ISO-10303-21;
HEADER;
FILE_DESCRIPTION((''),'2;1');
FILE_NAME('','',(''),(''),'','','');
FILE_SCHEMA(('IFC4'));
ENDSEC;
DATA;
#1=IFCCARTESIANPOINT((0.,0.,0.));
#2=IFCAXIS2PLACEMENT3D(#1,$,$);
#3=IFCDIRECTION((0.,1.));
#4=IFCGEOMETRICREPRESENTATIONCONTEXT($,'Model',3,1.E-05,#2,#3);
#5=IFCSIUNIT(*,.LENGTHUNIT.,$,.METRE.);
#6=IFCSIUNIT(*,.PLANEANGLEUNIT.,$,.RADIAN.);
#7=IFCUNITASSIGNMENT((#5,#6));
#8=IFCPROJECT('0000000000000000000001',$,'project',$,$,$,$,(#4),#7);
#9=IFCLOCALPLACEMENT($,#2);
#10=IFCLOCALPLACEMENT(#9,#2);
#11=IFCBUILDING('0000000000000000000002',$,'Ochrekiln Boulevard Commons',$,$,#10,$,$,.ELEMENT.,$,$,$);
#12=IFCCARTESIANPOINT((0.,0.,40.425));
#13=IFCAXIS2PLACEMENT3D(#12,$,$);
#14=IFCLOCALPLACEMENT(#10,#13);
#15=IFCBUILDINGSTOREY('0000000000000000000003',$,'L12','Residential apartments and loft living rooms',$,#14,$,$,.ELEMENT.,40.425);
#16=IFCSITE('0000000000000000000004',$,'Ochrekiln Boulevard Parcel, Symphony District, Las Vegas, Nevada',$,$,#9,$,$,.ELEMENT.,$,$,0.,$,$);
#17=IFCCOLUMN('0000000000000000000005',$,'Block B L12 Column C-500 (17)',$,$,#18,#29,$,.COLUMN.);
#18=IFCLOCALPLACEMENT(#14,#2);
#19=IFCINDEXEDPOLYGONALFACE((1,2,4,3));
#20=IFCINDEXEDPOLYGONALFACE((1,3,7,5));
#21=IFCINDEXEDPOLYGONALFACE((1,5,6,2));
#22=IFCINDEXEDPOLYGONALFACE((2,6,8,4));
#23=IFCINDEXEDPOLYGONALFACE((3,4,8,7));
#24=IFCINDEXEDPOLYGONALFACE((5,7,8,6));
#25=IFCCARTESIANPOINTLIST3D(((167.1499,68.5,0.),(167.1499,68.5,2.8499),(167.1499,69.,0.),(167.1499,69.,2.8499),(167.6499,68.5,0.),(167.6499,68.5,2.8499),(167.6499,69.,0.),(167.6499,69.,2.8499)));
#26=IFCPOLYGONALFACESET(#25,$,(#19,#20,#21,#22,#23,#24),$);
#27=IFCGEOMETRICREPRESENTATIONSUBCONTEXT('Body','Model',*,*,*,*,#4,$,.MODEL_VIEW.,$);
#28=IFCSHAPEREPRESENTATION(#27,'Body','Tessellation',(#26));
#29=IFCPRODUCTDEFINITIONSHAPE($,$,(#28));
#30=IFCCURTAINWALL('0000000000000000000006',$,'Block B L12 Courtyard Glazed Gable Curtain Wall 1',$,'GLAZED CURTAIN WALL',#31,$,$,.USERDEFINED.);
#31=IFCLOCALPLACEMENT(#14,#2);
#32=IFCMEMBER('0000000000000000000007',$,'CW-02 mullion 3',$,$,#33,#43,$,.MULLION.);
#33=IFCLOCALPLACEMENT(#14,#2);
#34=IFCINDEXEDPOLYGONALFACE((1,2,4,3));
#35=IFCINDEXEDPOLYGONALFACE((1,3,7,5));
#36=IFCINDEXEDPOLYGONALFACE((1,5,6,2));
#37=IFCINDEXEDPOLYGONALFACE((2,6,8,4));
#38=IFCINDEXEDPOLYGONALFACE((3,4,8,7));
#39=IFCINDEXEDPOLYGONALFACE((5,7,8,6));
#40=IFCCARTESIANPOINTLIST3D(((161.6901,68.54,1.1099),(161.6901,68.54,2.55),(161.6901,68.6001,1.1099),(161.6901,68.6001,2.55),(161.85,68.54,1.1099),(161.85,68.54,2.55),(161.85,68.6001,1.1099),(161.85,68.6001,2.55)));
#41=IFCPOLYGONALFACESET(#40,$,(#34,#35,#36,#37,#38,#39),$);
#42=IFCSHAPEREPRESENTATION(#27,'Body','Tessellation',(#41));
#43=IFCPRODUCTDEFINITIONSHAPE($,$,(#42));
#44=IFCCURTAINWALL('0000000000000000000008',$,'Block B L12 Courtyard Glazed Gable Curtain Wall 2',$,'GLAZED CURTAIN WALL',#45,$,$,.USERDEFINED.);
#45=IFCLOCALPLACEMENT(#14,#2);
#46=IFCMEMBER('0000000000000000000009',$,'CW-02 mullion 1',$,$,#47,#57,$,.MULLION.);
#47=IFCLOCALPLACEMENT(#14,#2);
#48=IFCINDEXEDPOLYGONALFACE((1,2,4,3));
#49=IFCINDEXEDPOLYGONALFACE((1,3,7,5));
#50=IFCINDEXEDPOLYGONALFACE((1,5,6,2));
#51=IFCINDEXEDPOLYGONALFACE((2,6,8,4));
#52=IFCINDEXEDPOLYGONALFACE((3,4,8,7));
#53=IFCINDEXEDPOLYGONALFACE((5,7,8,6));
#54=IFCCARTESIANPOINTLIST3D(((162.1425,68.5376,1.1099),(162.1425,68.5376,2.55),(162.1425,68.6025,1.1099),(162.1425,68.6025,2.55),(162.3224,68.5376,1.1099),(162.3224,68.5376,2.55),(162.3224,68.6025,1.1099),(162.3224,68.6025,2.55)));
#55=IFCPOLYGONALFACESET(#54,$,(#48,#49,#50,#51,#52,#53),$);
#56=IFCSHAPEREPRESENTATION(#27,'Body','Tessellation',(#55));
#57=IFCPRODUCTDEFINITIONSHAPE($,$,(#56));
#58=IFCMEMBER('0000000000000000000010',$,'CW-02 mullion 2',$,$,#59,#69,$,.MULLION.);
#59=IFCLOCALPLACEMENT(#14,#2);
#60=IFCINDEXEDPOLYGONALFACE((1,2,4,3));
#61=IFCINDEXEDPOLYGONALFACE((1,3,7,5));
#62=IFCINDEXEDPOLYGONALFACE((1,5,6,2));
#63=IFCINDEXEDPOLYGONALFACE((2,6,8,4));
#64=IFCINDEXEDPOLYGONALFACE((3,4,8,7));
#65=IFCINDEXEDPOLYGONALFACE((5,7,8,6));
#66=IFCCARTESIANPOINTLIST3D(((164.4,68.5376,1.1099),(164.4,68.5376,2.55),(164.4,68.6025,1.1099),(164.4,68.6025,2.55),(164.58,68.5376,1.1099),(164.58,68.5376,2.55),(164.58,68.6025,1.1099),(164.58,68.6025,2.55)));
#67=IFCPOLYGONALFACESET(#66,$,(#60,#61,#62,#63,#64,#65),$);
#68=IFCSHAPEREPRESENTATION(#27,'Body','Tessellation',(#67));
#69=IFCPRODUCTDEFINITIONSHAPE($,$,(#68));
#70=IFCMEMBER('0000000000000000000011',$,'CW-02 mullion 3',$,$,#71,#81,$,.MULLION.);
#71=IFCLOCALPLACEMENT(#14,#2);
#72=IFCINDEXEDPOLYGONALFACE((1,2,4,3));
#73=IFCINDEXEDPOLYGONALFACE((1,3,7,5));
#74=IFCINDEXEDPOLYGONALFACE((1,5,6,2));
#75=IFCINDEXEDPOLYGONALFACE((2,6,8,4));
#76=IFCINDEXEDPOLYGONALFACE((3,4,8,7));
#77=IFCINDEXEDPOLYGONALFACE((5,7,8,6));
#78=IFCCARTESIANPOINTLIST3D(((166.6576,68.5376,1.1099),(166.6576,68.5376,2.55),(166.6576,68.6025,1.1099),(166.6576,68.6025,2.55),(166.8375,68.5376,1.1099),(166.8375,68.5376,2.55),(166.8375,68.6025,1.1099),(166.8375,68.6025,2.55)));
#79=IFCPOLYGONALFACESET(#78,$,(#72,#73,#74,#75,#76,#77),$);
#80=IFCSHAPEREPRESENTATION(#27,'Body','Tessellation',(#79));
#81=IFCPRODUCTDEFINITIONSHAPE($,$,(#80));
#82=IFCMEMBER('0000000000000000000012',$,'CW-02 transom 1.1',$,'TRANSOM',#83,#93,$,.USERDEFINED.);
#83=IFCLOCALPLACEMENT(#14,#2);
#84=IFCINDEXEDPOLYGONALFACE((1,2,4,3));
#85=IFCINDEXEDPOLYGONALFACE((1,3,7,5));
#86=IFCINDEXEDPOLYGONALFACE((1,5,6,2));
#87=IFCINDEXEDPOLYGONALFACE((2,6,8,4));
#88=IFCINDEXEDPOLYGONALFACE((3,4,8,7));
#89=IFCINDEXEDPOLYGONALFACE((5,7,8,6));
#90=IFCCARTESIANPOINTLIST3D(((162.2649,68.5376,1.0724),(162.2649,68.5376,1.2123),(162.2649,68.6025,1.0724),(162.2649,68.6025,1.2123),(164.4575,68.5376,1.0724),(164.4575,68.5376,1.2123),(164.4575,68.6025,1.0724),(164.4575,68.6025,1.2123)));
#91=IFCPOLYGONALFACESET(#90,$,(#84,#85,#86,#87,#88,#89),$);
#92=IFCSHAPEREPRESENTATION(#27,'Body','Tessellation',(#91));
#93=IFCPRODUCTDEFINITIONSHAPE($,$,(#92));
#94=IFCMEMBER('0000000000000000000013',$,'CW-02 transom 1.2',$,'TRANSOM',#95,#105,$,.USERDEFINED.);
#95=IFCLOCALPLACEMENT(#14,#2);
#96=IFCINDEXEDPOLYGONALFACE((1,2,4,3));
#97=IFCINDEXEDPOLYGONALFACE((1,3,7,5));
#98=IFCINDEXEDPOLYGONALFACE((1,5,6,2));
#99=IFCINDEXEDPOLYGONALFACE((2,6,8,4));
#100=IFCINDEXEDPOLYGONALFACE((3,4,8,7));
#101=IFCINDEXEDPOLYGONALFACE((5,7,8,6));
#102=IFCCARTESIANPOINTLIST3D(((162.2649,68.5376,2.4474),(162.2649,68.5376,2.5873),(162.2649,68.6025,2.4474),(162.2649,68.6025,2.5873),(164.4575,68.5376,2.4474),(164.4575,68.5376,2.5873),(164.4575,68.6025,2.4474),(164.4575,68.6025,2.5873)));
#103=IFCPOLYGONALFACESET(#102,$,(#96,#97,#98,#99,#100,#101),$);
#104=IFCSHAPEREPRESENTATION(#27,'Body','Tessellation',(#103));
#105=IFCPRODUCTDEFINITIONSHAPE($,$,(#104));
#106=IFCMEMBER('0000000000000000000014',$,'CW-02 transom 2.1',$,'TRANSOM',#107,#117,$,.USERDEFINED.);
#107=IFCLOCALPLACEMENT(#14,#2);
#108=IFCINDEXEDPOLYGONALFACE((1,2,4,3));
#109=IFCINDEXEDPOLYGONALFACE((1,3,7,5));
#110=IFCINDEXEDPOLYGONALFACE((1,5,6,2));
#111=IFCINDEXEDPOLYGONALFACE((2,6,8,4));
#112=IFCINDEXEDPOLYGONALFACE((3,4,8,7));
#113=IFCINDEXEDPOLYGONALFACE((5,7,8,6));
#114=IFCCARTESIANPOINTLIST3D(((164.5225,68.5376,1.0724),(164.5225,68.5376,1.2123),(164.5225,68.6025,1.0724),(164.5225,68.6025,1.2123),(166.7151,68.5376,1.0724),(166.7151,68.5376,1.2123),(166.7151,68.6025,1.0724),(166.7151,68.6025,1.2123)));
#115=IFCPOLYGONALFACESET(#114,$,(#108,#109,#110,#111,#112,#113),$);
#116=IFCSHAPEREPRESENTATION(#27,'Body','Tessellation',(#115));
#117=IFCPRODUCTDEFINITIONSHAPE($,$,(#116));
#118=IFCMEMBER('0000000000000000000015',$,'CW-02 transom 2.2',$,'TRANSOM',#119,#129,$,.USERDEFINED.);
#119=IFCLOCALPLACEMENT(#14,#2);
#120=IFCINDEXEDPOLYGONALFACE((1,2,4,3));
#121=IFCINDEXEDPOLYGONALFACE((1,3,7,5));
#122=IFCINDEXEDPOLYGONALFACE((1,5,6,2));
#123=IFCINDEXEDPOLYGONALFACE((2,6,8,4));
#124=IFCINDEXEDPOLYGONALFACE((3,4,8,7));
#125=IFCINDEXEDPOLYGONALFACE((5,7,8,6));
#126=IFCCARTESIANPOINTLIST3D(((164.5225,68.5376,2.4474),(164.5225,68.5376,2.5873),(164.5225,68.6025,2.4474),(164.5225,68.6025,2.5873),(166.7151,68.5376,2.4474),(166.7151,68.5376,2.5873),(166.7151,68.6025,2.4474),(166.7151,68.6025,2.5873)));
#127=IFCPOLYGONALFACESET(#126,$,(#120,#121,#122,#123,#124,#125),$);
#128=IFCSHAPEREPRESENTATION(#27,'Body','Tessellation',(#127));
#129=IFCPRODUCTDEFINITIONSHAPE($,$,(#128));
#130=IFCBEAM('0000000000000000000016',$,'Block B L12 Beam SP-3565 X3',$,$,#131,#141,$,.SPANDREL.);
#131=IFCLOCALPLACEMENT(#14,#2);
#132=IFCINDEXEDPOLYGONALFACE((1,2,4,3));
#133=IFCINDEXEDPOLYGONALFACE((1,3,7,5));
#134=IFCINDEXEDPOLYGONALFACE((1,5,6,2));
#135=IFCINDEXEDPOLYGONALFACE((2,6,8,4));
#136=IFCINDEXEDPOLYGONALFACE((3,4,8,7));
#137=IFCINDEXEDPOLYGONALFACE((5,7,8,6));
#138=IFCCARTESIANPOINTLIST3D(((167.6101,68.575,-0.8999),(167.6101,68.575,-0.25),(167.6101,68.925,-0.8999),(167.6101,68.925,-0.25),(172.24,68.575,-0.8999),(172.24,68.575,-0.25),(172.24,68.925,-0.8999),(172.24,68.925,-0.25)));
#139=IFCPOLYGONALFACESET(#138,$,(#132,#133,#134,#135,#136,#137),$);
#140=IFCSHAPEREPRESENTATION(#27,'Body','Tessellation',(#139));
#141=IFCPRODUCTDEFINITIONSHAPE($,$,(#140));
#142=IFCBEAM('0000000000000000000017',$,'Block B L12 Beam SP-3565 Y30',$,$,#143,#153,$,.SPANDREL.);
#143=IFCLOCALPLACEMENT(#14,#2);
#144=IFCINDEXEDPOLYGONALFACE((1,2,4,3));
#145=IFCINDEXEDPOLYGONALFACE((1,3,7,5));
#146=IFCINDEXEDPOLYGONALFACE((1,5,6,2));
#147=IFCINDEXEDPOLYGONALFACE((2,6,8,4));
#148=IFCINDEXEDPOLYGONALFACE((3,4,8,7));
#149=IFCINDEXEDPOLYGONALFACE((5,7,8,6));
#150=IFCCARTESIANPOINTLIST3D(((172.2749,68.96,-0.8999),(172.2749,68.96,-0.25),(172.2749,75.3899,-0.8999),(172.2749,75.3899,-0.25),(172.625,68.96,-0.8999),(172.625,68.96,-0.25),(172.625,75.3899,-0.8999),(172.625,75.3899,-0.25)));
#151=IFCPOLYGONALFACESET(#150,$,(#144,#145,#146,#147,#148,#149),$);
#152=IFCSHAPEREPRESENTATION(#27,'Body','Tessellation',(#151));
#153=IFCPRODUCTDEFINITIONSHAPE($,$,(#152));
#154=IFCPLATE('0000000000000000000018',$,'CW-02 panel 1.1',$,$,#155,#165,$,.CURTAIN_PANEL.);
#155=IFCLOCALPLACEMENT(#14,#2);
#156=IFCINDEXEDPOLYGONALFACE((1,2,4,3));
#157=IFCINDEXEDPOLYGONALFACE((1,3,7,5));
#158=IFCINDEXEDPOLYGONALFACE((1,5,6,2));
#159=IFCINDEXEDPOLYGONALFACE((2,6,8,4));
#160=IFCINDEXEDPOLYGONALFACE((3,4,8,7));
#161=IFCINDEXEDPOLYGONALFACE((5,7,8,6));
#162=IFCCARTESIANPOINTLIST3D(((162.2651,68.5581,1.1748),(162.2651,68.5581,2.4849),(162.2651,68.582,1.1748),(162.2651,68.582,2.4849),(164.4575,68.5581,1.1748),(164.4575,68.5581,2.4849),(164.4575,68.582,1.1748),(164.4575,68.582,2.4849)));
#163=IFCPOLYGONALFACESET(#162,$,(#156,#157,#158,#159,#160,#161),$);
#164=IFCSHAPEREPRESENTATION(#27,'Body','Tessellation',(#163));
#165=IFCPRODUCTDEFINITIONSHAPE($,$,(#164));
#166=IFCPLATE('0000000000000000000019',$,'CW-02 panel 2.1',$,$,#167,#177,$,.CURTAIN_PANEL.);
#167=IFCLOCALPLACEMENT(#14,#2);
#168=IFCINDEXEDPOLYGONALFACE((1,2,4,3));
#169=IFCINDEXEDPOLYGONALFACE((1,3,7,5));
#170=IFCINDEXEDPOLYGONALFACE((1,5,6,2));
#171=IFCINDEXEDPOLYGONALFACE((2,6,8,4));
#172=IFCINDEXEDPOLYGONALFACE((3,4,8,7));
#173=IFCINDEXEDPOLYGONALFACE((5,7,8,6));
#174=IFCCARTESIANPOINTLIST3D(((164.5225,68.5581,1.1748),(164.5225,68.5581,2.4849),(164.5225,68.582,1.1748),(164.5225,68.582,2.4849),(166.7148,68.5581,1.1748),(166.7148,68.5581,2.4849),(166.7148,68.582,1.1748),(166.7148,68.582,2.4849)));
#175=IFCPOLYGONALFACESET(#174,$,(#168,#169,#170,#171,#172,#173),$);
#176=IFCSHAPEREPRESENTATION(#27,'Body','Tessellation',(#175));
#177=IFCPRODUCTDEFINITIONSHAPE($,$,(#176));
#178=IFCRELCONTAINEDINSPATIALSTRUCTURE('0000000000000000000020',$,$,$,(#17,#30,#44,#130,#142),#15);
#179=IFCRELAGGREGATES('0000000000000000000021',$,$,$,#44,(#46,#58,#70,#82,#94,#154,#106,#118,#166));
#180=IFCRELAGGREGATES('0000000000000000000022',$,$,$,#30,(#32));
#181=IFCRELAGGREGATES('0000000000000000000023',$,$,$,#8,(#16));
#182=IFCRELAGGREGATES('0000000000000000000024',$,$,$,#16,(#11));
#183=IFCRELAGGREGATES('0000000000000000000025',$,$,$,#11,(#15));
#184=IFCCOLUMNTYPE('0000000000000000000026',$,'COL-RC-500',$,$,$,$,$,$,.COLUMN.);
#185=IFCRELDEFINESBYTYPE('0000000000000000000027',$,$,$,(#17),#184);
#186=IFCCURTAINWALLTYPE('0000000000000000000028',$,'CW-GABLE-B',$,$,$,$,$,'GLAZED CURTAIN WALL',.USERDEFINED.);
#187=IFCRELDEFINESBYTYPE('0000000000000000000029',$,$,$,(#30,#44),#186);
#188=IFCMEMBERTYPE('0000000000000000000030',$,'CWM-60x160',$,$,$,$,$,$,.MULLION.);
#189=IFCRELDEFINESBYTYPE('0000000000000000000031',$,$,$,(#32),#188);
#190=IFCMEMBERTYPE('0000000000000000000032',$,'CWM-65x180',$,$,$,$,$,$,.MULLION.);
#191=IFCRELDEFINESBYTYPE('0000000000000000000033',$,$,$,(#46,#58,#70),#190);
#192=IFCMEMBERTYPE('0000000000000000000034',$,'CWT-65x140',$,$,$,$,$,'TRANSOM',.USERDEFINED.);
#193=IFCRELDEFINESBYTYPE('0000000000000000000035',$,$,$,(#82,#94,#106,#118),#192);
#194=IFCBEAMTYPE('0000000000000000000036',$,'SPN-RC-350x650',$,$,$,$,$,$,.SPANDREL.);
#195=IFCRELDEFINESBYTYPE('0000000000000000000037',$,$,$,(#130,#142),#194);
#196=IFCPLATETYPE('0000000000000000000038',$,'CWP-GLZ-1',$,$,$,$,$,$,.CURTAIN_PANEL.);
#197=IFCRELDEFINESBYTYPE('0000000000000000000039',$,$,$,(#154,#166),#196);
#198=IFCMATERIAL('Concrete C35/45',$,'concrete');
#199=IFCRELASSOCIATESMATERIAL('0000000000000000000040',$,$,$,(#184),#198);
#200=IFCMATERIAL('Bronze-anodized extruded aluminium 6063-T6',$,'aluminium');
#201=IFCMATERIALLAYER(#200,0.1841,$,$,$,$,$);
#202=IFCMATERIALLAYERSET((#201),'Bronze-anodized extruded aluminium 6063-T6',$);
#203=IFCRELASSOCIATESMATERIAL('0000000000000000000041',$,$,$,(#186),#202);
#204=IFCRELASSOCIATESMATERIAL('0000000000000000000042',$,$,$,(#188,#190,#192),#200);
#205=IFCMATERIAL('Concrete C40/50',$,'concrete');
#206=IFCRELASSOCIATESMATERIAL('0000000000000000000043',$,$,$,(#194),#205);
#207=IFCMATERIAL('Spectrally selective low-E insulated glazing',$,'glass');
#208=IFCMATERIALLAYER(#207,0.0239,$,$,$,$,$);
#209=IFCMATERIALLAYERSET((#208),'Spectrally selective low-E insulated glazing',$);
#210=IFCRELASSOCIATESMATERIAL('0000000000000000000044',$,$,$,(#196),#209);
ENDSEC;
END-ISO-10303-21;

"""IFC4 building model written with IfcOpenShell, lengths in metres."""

from ifc_helpers import new_model, si_unit, direction, frame, origin, origin_2d, place, context, subcontext, project, spatial, rectangle, extrude, material, layer, layer_set, material_profile, profile_set, type_object, element, aggregate, save


model = new_model("IFC4")

# Units and contexts
model_context = context("Model", 3, precision=1e-05, world=origin(), true_north=direction((0.0, 1.0)))
body_context = subcontext(model_context, "Body", "Model", "MODEL_VIEW")
ifc_project = project(units=[si_unit("LENGTHUNIT", "METRE"), si_unit("PLANEANGLEUNIT", "RADIAN")], contexts=[model_context])

# Site, building, storey
site_placement = place(None, origin())
site = spatial("IfcSite", under=ifc_project, at=site_placement, Name="Ochrekiln Boulevard Parcel, Symphony District, Las Vegas, Nevada", CompositionType="ELEMENT", RefElevation=0.0)
building_placement = place(site_placement, origin())
building = spatial("IfcBuilding", under=site, at=building_placement, Name="Ochrekiln Boulevard Commons", CompositionType="ELEMENT")
storey_placement = place(building_placement, frame((0.0, 0.0, 40.425)))
storey = spatial("IfcBuildingStorey", under=building, at=storey_placement, Name="L12", Description="Residential apartments and loft living rooms", CompositionType="ELEMENT", Elevation=40.425)

# Column
ifc_material_1 = material(Name="Concrete C35/45", Category="concrete")
ifc_material_profile_1 = material_profile(ifc_material_1, rectangle(XDim=0.5, YDim=0.5, at=origin_2d()), Name="RC-COL-500x500")
ifc_profile_set_1 = profile_set([ifc_material_profile_1], Name="Concrete C35/45")
column_type = type_object("IfcColumnType", Name="COL-RC-500", PredefinedType="COLUMN", material=ifc_profile_set_1)
column_placement = place(storey_placement, frame((167.3999, 68.75, 0.0), z_axis=(0.0, 0.0, 1.0), x_axis=(1.0, 0.0, 0.0)))
element("IfcColumn", 1, at=column_placement, inside=storey, type_object=column_type, Name="Block B L12 Column C-500 (17)", PredefinedType="COLUMN", context=body_context, shape_type="SweptSolid", body=[
    extrude(rectangle(XDim=0.5, YDim=0.5, at=origin_2d()), origin(), (0.0, 0.0, 1.0), 2.8499),
])

# Curtain wall, member
ifc_material_2 = material(Name="Bronze-anodized extruded aluminium 6063-T6", Category="aluminium")
ifc_layer_1 = layer(ifc_material_2, 0.1841)
ifc_layer_set_1 = layer_set([ifc_layer_1], Name="Bronze-anodized extruded aluminium 6063-T6")
curtain_wall_type = type_object("IfcCurtainWallType", Name="CW-GABLE-B", ElementType="GLAZED CURTAIN WALL", PredefinedType="USERDEFINED", material=ifc_layer_set_1)
curtain_wall_1_placement = place(storey_placement, origin())
curtain_wall_1 = element("IfcCurtainWall", 2, at=curtain_wall_1_placement, inside=storey, type_object=curtain_wall_type, Name="Block B L12 Courtyard Glazed Gable Curtain Wall 1", ObjectType="GLAZED CURTAIN WALL", PredefinedType="USERDEFINED")
ifc_material_profile_2 = material_profile(ifc_material_2, rectangle(XDim=0.0601, YDim=0.1599, at=origin_2d()), Name="ALU-MUL-60x160")
ifc_profile_set_2 = profile_set([ifc_material_profile_2], Name="Bronze-anodized extruded aluminium 6063-T6")
member_type_1 = type_object("IfcMemberType", Name="CWM-60x160", PredefinedType="MULLION", material=ifc_profile_set_2)
member_1_placement = place(storey_placement, frame((161.77, 68.5701, 1.1099), z_axis=(0.0, 0.0, 1.0), x_axis=(0.0, 1.0, 0.0)))
member_1 = element("IfcMember", 3, at=member_1_placement, type_object=member_type_1, Name="CW-02 mullion 3", PredefinedType="MULLION", context=body_context, shape_type="SweptSolid", body=[
    extrude(rectangle(XDim=0.0601, YDim=0.1599, at=origin_2d()), origin(), (0.0, 0.0, 1.0), 1.4402),
])

# Curtain wall, members
curtain_wall_2_placement = place(storey_placement, origin())
curtain_wall_2 = element("IfcCurtainWall", 4, at=curtain_wall_2_placement, inside=storey, type_object=curtain_wall_type, Name="Block B L12 Courtyard Glazed Gable Curtain Wall 2", ObjectType="GLAZED CURTAIN WALL", PredefinedType="USERDEFINED")
ifc_material_profile_3 = material_profile(ifc_material_2, rectangle(XDim=0.0649, YDim=0.1799, at=origin_2d()), Name="ALU-MUL-65x180")
ifc_profile_set_3 = profile_set([ifc_material_profile_3], Name="Bronze-anodized extruded aluminium 6063-T6")
member_type_2 = type_object("IfcMemberType", Name="CWM-65x180", PredefinedType="MULLION", material=ifc_profile_set_3)
member_2_placement = place(storey_placement, frame((162.2324, 68.5701, 1.1099), z_axis=(0.0, 0.0, 1.0), x_axis=(0.0, 1.0, 0.0)))
member_2 = element("IfcMember", 5, at=member_2_placement, type_object=member_type_2, Name="CW-02 mullion 1", PredefinedType="MULLION", context=body_context, shape_type="SweptSolid", body=[
    extrude(rectangle(XDim=0.0649, YDim=0.1799, at=origin_2d()), origin(), (0.0, 0.0, 1.0), 1.4402),
])
member_3_placement = place(storey_placement, frame((164.49, 68.5701, 1.1099), z_axis=(0.0, 0.0, 1.0), x_axis=(0.0, 1.0, 0.0)))
member_3 = element("IfcMember", 6, at=member_3_placement, type_object=member_type_2, Name="CW-02 mullion 2", PredefinedType="MULLION", context=body_context, shape_type="SweptSolid", body=[
    extrude(rectangle(XDim=0.0649, YDim=0.1799, at=origin_2d()), origin(), (0.0, 0.0, 1.0), 1.4402),
])
member_4_placement = place(storey_placement, frame((166.7476, 68.5701, 1.1099), z_axis=(0.0, 0.0, 1.0), x_axis=(0.0, 1.0, 0.0)))
member_4 = element("IfcMember", 7, at=member_4_placement, type_object=member_type_2, Name="CW-02 mullion 3", PredefinedType="MULLION", context=body_context, shape_type="SweptSolid", body=[
    extrude(rectangle(XDim=0.0649, YDim=0.1799, at=origin_2d()), origin(), (0.0, 0.0, 1.0), 1.4402),
])
ifc_material_profile_4 = material_profile(ifc_material_2, rectangle(XDim=0.0649, YDim=0.1399, at=origin_2d()), Name="ALU-TRN-65x140")
ifc_profile_set_4 = profile_set([ifc_material_profile_4], Name="Bronze-anodized extruded aluminium 6063-T6")
member_type_3 = type_object("IfcMemberType", Name="CWT-65x140", ElementType="TRANSOM", PredefinedType="USERDEFINED", material=ifc_profile_set_4)
member_5_placement = place(storey_placement, frame((162.2649, 68.5701, 1.1423), z_axis=(1.0, 0.0, 0.0), x_axis=(0.0, 1.0, 0.0)))
member_5 = element("IfcMember", 8, at=member_5_placement, type_object=member_type_3, Name="CW-02 transom 1.1", ObjectType="TRANSOM", PredefinedType="USERDEFINED", context=body_context, shape_type="SweptSolid", body=[
    extrude(rectangle(XDim=0.0649, YDim=0.1399, at=origin_2d()), origin(), (0.0, 0.0, 1.0), 2.1926),
])
member_6_placement = place(storey_placement, frame((162.2649, 68.5701, 2.5173), z_axis=(1.0, 0.0, 0.0), x_axis=(0.0, 1.0, 0.0)))
member_6 = element("IfcMember", 9, at=member_6_placement, type_object=member_type_3, Name="CW-02 transom 1.2", ObjectType="TRANSOM", PredefinedType="USERDEFINED", context=body_context, shape_type="SweptSolid", body=[
    extrude(rectangle(XDim=0.0649, YDim=0.1399, at=origin_2d()), origin(), (0.0, 0.0, 1.0), 2.1926),
])
member_7_placement = place(storey_placement, frame((164.5225, 68.5701, 1.1423), z_axis=(1.0, 0.0, 0.0), x_axis=(0.0, 1.0, 0.0)))
member_7 = element("IfcMember", 10, at=member_7_placement, type_object=member_type_3, Name="CW-02 transom 2.1", ObjectType="TRANSOM", PredefinedType="USERDEFINED", context=body_context, shape_type="SweptSolid", body=[
    extrude(rectangle(XDim=0.0649, YDim=0.1399, at=origin_2d()), origin(), (0.0, 0.0, 1.0), 2.1926),
])
member_8_placement = place(storey_placement, frame((164.5225, 68.5701, 2.5173), z_axis=(1.0, 0.0, 0.0), x_axis=(0.0, 1.0, 0.0)))
member_8 = element("IfcMember", 11, at=member_8_placement, type_object=member_type_3, Name="CW-02 transom 2.2", ObjectType="TRANSOM", PredefinedType="USERDEFINED", context=body_context, shape_type="SweptSolid", body=[
    extrude(rectangle(XDim=0.0649, YDim=0.1399, at=origin_2d()), origin(), (0.0, 0.0, 1.0), 2.1926),
])

# Beams
ifc_material_3 = material(Name="Concrete C40/50", Category="concrete")
ifc_material_profile_5 = material_profile(ifc_material_3, rectangle(XDim=0.3501, YDim=0.6499, at=origin_2d()), Name="RC-SPN-350x650")
ifc_profile_set_5 = profile_set([ifc_material_profile_5], Name="Concrete C40/50")
beam_type = type_object("IfcBeamType", Name="SPN-RC-350x650", PredefinedType="SPANDREL", material=ifc_profile_set_5)
beam_1_placement = place(storey_placement, frame((167.6101, 68.75, -0.575), z_axis=(1.0, 0.0, 0.0), x_axis=(0.0, 1.0, 0.0)))
element("IfcBeam", 12, at=beam_1_placement, inside=storey, type_object=beam_type, Name="Block B L12 Beam SP-3565 X3", PredefinedType="SPANDREL", context=body_context, shape_type="SweptSolid", body=[
    extrude(rectangle(XDim=0.3501, YDim=0.6499, at=origin_2d()), origin(), (0.0, 0.0, 1.0), 4.6299),
])
beam_2_placement = place(storey_placement, frame((172.45, 68.96, -0.575), z_axis=(0.0, 1.0, 0.0), x_axis=(-1.0, 0.0, 0.0)))
element("IfcBeam", 13, at=beam_2_placement, inside=storey, type_object=beam_type, Name="Block B L12 Beam SP-3565 Y30", PredefinedType="SPANDREL", context=body_context, shape_type="SweptSolid", body=[
    extrude(rectangle(XDim=0.3501, YDim=0.6499, at=origin_2d()), origin(), (0.0, 0.0, 1.0), 6.4299),
])

# Plates
ifc_material_4 = material(Name="Spectrally selective low-E insulated glazing", Category="glass")
ifc_layer_2 = layer(ifc_material_4, 0.0239)
ifc_layer_set_2 = layer_set([ifc_layer_2], Name="Spectrally selective low-E insulated glazing")
plate_type_1 = type_object("IfcPlateType", Name="CWP-GLZ-1", PredefinedType="CURTAIN_PANEL", material=ifc_layer_set_2)
plate_1_placement = place(storey_placement, frame((163.3613, 68.5701, 1.1748), z_axis=(0.0, 0.0, 1.0), x_axis=(1.0, 0.0, 0.0)))
plate_1 = element("IfcPlate", 14, at=plate_1_placement, type_object=plate_type_1, Name="CW-02 panel 1.1", PredefinedType="CURTAIN_PANEL", context=body_context, shape_type="SweptSolid", body=[
    extrude(rectangle(XDim=2.1924, YDim=0.0239, at=origin_2d()), origin(), (0.0, 0.0, 1.0), 1.3101),
])
plate_2_placement = place(storey_placement, frame((165.6187, 68.5701, 1.1748), z_axis=(0.0, 0.0, 1.0), x_axis=(1.0, 0.0, 0.0)))
plate_2 = element("IfcPlate", 15, at=plate_2_placement, type_object=plate_type_1, Name="CW-02 panel 2.1", PredefinedType="CURTAIN_PANEL", context=body_context, shape_type="SweptSolid", body=[
    extrude(rectangle(XDim=2.1924, YDim=0.0239, at=origin_2d()), origin(), (0.0, 0.0, 1.0), 1.3101),
])
aggregate(curtain_wall_2, [member_2, member_3, member_4, member_5, member_6, plate_1, member_7, member_8, plate_2])
aggregate(curtain_wall_1, [member_1])

save(model, "model.ifc")
